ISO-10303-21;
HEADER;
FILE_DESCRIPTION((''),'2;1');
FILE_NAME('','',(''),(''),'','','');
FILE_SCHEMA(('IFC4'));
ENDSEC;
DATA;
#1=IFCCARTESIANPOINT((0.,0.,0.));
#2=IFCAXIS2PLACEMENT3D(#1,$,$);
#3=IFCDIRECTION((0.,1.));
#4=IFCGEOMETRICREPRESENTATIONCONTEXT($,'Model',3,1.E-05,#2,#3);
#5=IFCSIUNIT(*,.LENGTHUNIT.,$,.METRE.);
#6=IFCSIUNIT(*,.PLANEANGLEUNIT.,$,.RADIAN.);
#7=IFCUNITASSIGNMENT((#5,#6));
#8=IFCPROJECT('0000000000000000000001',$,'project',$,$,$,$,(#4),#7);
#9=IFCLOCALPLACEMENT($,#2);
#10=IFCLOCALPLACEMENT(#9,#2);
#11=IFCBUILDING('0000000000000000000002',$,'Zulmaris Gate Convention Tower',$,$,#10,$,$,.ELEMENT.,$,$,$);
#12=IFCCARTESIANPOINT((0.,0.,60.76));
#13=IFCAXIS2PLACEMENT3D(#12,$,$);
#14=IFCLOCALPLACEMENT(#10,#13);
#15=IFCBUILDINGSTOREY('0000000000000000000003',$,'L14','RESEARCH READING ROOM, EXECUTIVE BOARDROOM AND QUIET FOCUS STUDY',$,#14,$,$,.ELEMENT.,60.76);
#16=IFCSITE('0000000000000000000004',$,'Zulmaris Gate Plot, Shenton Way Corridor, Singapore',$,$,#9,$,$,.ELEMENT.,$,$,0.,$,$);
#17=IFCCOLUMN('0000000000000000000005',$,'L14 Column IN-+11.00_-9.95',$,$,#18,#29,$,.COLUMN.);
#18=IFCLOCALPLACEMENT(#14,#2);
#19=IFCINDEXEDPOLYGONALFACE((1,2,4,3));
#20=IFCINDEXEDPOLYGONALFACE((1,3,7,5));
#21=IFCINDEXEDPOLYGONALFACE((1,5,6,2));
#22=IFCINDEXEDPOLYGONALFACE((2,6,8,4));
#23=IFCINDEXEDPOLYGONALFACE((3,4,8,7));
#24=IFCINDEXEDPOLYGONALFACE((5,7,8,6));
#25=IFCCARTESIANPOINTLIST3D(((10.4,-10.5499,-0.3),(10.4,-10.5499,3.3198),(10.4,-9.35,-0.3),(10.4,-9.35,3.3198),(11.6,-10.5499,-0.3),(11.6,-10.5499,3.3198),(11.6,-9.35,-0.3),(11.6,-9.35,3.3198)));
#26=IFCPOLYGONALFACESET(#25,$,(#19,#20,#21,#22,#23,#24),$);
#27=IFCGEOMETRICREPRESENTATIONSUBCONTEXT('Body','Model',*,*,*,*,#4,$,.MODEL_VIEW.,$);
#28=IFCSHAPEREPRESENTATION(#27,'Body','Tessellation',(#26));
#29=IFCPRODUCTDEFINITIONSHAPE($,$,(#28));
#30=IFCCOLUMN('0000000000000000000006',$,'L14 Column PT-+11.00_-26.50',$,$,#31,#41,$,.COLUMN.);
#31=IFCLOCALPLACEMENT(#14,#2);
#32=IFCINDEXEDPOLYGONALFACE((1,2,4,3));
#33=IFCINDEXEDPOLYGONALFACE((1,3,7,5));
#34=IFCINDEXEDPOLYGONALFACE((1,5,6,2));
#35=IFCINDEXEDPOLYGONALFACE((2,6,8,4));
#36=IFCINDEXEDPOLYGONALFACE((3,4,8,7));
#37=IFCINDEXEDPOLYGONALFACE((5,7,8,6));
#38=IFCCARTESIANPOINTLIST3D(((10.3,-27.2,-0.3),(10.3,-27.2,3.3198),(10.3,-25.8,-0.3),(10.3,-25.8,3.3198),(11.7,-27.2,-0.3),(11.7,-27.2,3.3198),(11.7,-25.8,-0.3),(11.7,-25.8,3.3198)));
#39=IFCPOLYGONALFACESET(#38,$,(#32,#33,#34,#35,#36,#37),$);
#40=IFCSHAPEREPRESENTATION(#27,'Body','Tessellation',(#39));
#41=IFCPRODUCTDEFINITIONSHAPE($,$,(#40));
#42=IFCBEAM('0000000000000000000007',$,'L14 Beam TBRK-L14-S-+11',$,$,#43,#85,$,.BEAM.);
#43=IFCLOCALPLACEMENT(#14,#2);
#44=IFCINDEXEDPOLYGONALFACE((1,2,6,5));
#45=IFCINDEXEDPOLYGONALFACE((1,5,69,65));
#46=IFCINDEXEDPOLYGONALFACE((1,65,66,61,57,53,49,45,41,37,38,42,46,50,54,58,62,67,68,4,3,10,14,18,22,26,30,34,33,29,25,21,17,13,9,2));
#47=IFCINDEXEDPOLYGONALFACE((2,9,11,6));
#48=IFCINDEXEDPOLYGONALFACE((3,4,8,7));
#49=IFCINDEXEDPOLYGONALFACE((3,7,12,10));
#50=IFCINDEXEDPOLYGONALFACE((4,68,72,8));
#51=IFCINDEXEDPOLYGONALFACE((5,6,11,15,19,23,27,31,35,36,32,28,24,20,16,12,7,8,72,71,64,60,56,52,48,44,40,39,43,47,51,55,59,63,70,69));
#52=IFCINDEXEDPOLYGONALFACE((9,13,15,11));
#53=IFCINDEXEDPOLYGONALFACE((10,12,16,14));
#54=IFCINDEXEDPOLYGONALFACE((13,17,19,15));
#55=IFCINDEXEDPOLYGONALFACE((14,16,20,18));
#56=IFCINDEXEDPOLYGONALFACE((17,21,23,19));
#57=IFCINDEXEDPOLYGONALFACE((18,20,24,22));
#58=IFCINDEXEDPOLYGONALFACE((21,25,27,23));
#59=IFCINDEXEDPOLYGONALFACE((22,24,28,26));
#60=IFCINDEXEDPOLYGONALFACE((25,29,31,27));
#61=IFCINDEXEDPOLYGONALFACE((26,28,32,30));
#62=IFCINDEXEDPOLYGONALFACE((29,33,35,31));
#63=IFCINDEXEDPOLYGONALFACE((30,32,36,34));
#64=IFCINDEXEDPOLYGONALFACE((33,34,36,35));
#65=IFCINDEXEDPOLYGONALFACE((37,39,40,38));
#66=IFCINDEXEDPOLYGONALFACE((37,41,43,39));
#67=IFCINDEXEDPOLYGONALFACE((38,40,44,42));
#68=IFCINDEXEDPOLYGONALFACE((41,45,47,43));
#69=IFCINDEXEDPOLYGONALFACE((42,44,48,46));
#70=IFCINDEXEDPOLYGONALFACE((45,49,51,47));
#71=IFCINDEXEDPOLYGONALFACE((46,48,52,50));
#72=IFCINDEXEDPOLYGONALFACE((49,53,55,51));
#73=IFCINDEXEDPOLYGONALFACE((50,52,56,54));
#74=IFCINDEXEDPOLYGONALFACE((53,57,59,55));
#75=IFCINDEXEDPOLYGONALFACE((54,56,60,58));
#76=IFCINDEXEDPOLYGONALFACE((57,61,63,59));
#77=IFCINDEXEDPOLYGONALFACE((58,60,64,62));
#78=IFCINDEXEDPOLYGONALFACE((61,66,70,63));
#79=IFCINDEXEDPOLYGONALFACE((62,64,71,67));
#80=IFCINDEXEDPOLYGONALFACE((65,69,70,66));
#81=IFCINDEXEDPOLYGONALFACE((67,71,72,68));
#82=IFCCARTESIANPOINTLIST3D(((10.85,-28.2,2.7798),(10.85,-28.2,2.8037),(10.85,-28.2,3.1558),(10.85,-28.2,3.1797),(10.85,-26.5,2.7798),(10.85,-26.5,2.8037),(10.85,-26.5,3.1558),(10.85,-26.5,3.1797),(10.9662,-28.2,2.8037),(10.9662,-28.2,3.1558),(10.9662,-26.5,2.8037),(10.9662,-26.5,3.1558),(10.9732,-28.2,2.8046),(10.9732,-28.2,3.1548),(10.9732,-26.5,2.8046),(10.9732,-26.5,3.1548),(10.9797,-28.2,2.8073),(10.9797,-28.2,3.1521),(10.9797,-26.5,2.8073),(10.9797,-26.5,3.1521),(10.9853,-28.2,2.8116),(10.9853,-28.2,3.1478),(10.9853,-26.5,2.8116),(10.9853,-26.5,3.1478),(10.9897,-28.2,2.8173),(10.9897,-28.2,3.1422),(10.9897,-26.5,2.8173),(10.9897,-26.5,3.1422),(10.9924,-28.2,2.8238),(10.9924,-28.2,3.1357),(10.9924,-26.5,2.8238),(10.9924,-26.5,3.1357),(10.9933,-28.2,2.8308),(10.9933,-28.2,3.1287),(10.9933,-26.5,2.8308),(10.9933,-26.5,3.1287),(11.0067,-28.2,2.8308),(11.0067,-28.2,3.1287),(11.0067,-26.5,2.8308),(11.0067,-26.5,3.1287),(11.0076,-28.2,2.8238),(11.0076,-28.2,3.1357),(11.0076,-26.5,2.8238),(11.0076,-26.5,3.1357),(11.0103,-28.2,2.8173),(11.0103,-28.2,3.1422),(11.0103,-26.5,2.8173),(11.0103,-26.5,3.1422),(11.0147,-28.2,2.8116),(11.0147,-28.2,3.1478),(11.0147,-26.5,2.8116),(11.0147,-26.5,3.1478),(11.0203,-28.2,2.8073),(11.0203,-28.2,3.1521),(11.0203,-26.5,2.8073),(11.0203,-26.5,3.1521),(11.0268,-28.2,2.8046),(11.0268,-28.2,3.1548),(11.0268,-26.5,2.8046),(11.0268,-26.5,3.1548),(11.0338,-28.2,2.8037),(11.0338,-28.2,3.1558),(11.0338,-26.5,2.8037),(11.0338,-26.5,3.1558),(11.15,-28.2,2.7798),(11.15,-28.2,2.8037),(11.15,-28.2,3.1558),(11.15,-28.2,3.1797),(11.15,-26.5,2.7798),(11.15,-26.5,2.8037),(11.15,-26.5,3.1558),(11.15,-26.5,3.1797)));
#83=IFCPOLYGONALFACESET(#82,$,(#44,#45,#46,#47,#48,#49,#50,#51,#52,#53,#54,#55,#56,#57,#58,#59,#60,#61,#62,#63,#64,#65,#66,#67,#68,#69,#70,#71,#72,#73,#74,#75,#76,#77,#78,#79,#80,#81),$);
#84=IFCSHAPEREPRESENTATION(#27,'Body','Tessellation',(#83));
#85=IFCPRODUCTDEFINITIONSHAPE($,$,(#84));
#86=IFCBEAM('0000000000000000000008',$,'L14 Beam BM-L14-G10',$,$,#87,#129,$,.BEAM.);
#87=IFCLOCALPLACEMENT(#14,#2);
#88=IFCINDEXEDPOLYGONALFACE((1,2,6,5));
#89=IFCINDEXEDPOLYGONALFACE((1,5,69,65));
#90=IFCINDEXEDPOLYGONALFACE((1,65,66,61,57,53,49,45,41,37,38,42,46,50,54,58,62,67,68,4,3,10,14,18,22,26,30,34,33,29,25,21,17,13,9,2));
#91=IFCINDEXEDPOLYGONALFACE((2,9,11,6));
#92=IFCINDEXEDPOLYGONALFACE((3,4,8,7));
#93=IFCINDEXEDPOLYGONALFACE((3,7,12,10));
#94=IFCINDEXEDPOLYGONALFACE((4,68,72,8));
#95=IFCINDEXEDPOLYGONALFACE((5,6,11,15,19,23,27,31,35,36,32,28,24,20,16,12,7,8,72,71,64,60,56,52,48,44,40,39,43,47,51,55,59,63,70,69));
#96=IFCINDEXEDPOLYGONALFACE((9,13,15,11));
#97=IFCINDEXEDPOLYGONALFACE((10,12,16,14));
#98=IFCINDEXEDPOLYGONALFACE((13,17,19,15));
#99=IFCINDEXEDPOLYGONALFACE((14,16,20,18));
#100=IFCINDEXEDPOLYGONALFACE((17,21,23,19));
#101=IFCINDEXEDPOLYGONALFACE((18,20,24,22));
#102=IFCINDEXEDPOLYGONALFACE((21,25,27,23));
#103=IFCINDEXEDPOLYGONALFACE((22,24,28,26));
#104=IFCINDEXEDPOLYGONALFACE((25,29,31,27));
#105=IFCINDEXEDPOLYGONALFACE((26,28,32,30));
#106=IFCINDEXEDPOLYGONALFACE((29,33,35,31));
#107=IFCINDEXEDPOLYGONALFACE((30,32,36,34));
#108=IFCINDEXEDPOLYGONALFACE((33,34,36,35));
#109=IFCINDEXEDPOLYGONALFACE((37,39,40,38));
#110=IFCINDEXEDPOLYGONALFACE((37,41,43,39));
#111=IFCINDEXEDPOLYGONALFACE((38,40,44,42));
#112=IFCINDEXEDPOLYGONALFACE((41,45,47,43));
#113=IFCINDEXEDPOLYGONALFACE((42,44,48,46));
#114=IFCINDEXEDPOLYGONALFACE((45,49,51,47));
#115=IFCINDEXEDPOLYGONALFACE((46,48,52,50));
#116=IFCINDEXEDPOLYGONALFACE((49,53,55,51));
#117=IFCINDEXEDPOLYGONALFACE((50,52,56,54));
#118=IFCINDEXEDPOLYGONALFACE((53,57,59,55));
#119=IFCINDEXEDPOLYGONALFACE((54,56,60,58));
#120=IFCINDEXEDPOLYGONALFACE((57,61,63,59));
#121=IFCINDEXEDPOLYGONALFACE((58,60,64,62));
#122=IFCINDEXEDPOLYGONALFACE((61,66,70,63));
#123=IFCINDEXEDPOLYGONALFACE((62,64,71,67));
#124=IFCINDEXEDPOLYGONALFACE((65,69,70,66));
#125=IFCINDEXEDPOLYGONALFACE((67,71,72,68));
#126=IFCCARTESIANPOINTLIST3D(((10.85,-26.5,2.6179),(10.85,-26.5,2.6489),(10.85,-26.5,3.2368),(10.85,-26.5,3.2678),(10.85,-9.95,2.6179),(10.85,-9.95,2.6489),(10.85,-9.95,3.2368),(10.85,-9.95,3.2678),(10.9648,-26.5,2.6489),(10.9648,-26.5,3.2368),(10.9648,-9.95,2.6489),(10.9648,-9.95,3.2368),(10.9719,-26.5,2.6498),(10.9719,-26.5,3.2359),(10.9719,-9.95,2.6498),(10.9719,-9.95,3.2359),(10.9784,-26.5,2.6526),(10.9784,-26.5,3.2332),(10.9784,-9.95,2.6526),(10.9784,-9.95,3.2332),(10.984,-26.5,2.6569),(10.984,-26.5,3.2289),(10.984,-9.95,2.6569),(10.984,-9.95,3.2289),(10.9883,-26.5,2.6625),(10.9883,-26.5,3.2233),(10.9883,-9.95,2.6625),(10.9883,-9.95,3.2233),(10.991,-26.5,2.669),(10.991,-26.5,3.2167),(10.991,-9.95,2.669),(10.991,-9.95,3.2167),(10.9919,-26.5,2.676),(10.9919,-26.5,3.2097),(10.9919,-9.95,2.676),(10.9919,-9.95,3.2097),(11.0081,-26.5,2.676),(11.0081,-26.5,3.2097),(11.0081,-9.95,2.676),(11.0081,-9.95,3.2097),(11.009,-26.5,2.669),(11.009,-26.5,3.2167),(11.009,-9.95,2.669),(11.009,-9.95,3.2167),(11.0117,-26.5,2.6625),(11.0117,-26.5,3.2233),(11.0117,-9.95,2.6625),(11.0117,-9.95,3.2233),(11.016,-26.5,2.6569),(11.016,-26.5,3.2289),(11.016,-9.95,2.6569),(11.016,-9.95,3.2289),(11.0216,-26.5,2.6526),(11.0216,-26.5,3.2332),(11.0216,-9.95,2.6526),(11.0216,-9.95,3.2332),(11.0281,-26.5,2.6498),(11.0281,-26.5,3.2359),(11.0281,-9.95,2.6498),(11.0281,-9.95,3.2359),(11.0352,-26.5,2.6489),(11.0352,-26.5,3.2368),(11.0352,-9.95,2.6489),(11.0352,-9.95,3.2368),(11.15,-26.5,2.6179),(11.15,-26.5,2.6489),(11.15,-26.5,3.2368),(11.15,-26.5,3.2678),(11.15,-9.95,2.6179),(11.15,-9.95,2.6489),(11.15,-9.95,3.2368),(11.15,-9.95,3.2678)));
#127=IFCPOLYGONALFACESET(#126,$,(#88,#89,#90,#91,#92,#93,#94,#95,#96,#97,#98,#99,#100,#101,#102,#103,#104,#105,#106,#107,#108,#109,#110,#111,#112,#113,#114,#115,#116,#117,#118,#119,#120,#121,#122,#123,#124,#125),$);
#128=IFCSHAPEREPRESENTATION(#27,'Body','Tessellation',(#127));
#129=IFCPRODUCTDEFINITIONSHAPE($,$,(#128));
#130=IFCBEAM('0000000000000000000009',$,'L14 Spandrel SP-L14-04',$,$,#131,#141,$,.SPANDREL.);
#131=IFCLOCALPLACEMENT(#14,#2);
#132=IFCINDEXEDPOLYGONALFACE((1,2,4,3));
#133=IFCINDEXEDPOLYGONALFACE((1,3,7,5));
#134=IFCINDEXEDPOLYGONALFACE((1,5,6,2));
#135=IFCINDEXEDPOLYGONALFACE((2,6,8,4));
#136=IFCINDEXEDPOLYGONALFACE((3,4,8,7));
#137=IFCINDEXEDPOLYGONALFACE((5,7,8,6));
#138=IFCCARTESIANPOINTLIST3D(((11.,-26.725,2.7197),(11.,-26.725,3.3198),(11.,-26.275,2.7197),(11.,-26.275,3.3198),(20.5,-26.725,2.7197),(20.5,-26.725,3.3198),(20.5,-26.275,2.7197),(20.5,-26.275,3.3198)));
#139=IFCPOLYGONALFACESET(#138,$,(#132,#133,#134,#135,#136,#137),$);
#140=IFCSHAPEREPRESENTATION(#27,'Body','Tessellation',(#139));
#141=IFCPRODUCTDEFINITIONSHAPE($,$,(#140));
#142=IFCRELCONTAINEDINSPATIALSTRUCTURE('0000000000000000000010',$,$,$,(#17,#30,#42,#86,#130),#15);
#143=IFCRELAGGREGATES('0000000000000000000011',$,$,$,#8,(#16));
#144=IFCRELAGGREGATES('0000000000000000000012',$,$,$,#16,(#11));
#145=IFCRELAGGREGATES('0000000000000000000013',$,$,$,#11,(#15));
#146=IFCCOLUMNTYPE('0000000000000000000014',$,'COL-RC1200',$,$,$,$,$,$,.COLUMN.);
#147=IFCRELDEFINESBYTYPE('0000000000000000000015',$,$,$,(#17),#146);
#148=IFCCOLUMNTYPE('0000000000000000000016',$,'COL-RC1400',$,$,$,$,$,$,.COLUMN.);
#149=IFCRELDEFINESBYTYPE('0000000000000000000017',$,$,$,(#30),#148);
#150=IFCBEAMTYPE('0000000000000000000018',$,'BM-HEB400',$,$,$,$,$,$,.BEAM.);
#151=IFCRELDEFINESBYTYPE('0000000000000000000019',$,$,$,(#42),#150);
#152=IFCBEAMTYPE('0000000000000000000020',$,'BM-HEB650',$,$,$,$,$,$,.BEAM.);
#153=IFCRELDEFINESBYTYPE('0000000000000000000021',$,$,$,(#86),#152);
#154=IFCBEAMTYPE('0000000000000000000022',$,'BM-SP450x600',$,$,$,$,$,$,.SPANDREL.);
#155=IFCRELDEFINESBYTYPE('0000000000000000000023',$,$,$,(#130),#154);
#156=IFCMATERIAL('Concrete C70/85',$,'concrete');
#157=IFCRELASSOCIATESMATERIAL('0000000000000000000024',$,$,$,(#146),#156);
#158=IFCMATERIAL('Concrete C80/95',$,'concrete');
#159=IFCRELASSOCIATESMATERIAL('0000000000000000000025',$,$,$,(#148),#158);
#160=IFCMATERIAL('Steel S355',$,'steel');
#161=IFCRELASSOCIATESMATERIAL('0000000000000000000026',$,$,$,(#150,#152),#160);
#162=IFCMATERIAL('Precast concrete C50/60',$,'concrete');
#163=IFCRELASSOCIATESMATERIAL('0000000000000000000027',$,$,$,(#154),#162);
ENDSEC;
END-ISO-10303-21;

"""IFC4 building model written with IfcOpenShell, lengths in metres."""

from ifc_helpers import new_model, si_unit, direction, frame, origin, origin_2d, place, context, subcontext, project, spatial, rectangle, i_section, extrude, material, material_profile, profile_set, type_object, element, save


model = new_model("IFC4")

# Units and contexts
model_context = context("Model", 3, precision=1e-05, world=origin(), true_north=direction((0.0, 1.0)))
body_context = subcontext(model_context, "Body", "Model", "MODEL_VIEW")
ifc_project = project(units=[si_unit("LENGTHUNIT", "METRE"), si_unit("PLANEANGLEUNIT", "RADIAN")], contexts=[model_context])

# Site, building, storey
site_placement = place(None, origin())
site = spatial("IfcSite", under=ifc_project, at=site_placement, Name="Zulmaris Gate Plot, Shenton Way Corridor, Singapore", CompositionType="ELEMENT", RefElevation=0.0)
building_placement = place(site_placement, origin())
building = spatial("IfcBuilding", under=site, at=building_placement, Name="Zulmaris Gate Convention Tower", CompositionType="ELEMENT")
storey_placement = place(building_placement, frame((0.0, 0.0, 60.76)))
storey = spatial("IfcBuildingStorey", under=building, at=storey_placement, Name="L14", Description="RESEARCH READING ROOM, EXECUTIVE BOARDROOM AND QUIET FOCUS STUDY", CompositionType="ELEMENT", Elevation=60.76)

# Columns
ifc_material_1 = material(Name="Concrete C70/85", Category="concrete")
ifc_material_profile_1 = material_profile(ifc_material_1, rectangle(XDim=1.2, YDim=1.2, at=origin_2d()), Name="RC COL 1200x1200")
ifc_profile_set_1 = profile_set([ifc_material_profile_1], Name="Concrete C70/85")
column_type_1 = type_object("IfcColumnType", Name="COL-RC1200", PredefinedType="COLUMN", material=ifc_profile_set_1)
column_1_placement = place(storey_placement, frame((11.0, -9.95, -0.3), z_axis=(0.0, 0.0, 1.0), x_axis=(1.0, 0.0, 0.0)))
element("IfcColumn", 1, at=column_1_placement, inside=storey, type_object=column_type_1, Name="L14 Column IN-+11.00_-9.95", PredefinedType="COLUMN", context=body_context, shape_type="SweptSolid", body=[
    extrude(rectangle(XDim=1.2, YDim=1.2, at=origin_2d()), origin(), (0.0, 0.0, 1.0), 3.6199),
])
ifc_material_2 = material(Name="Concrete C80/95", Category="concrete")
ifc_material_profile_2 = material_profile(ifc_material_2, rectangle(XDim=1.3999, YDim=1.3999, at=origin_2d()), Name="RC COL 1400x1400")
ifc_profile_set_2 = profile_set([ifc_material_profile_2], Name="Concrete C80/95")
column_type_2 = type_object("IfcColumnType", Name="COL-RC1400", PredefinedType="COLUMN", material=ifc_profile_set_2)
column_2_placement = place(storey_placement, frame((11.0, -26.5, -0.3), z_axis=(0.0, 0.0, 1.0), x_axis=(1.0, 0.0, 0.0)))
element("IfcColumn", 2, at=column_2_placement, inside=storey, type_object=column_type_2, Name="L14 Column PT-+11.00_-26.50", PredefinedType="COLUMN", context=body_context, shape_type="SweptSolid", body=[
    extrude(rectangle(XDim=1.3999, YDim=1.3999, at=origin_2d()), origin(), (0.0, 0.0, 1.0), 3.6199),
])

# Beams
ifc_material_3 = material(Name="Steel S355", Category="steel")
ifc_material_profile_3 = material_profile(ifc_material_3, i_section(OverallWidth=0.3, OverallDepth=0.3999, WebThickness=0.0134, FlangeThickness=0.0239, FilletRadius=0.0271, at=origin_2d()), Name="HEB 400")
ifc_profile_set_3 = profile_set([ifc_material_profile_3], Name="Steel S355")
beam_type_1 = type_object("IfcBeamType", Name="BM-HEB400", PredefinedType="BEAM", material=ifc_profile_set_3)
beam_1_placement = place(storey_placement, frame((11.0, -28.2, 2.9797), z_axis=(0.0, 1.0, 0.0), x_axis=(-1.0, 0.0, 0.0)))
element("IfcBeam", 3, at=beam_1_placement, inside=storey, type_object=beam_type_1, Name="L14 Beam TBRK-L14-S-+11", PredefinedType="BEAM", context=body_context, shape_type="SweptSolid", body=[
    extrude(i_section(OverallWidth=0.3, OverallDepth=0.3999, WebThickness=0.0134, FlangeThickness=0.0239, FilletRadius=0.0271, at=origin_2d()), origin(), (0.0, 0.0, 1.0), 1.7),
])
ifc_material_profile_4 = material_profile(ifc_material_3, i_section(OverallWidth=0.3, OverallDepth=0.6499, WebThickness=0.0161, FlangeThickness=0.031, FilletRadius=0.0271, at=origin_2d()), Name="HEB 650")
ifc_profile_set_4 = profile_set([ifc_material_profile_4], Name="Steel S355")
beam_type_2 = type_object("IfcBeamType", Name="BM-HEB650", PredefinedType="BEAM", material=ifc_profile_set_4)
beam_2_placement = place(storey_placement, frame((11.0, -26.5, 2.9429), z_axis=(0.0, 1.0, 0.0), x_axis=(-1.0, 0.0, 0.0)))
element("IfcBeam", 4, at=beam_2_placement, inside=storey, type_object=beam_type_2, Name="L14 Beam BM-L14-G10", PredefinedType="BEAM", context=body_context, shape_type="SweptSolid", body=[
    extrude(i_section(OverallWidth=0.3, OverallDepth=0.6499, WebThickness=0.0161, FlangeThickness=0.031, FilletRadius=0.0271, at=origin_2d()), origin(), (0.0, 0.0, 1.0), 16.55),
])
ifc_material_4 = material(Name="Precast concrete C50/60", Category="concrete")
ifc_material_profile_5 = material_profile(ifc_material_4, rectangle(XDim=0.45, YDim=0.6001, at=origin_2d()), Name="RC SPANDREL 450x600")
ifc_profile_set_5 = profile_set([ifc_material_profile_5], Name="Precast concrete C50/60")
beam_type_3 = type_object("IfcBeamType", Name="BM-SP450x600", PredefinedType="SPANDREL", material=ifc_profile_set_5)
beam_3_placement = place(storey_placement, frame((11.0, -26.5, 3.0198), z_axis=(1.0, 0.0, 0.0), x_axis=(0.0, 1.0, 0.0)))
element("IfcBeam", 5, at=beam_3_placement, inside=storey, type_object=beam_type_3, Name="L14 Spandrel SP-L14-04", PredefinedType="SPANDREL", context=body_context, shape_type="SweptSolid", body=[
    extrude(rectangle(XDim=0.45, YDim=0.6001, at=origin_2d()), origin(), (0.0, 0.0, 1.0), 9.5),
])

save(model, "model.ifc")
